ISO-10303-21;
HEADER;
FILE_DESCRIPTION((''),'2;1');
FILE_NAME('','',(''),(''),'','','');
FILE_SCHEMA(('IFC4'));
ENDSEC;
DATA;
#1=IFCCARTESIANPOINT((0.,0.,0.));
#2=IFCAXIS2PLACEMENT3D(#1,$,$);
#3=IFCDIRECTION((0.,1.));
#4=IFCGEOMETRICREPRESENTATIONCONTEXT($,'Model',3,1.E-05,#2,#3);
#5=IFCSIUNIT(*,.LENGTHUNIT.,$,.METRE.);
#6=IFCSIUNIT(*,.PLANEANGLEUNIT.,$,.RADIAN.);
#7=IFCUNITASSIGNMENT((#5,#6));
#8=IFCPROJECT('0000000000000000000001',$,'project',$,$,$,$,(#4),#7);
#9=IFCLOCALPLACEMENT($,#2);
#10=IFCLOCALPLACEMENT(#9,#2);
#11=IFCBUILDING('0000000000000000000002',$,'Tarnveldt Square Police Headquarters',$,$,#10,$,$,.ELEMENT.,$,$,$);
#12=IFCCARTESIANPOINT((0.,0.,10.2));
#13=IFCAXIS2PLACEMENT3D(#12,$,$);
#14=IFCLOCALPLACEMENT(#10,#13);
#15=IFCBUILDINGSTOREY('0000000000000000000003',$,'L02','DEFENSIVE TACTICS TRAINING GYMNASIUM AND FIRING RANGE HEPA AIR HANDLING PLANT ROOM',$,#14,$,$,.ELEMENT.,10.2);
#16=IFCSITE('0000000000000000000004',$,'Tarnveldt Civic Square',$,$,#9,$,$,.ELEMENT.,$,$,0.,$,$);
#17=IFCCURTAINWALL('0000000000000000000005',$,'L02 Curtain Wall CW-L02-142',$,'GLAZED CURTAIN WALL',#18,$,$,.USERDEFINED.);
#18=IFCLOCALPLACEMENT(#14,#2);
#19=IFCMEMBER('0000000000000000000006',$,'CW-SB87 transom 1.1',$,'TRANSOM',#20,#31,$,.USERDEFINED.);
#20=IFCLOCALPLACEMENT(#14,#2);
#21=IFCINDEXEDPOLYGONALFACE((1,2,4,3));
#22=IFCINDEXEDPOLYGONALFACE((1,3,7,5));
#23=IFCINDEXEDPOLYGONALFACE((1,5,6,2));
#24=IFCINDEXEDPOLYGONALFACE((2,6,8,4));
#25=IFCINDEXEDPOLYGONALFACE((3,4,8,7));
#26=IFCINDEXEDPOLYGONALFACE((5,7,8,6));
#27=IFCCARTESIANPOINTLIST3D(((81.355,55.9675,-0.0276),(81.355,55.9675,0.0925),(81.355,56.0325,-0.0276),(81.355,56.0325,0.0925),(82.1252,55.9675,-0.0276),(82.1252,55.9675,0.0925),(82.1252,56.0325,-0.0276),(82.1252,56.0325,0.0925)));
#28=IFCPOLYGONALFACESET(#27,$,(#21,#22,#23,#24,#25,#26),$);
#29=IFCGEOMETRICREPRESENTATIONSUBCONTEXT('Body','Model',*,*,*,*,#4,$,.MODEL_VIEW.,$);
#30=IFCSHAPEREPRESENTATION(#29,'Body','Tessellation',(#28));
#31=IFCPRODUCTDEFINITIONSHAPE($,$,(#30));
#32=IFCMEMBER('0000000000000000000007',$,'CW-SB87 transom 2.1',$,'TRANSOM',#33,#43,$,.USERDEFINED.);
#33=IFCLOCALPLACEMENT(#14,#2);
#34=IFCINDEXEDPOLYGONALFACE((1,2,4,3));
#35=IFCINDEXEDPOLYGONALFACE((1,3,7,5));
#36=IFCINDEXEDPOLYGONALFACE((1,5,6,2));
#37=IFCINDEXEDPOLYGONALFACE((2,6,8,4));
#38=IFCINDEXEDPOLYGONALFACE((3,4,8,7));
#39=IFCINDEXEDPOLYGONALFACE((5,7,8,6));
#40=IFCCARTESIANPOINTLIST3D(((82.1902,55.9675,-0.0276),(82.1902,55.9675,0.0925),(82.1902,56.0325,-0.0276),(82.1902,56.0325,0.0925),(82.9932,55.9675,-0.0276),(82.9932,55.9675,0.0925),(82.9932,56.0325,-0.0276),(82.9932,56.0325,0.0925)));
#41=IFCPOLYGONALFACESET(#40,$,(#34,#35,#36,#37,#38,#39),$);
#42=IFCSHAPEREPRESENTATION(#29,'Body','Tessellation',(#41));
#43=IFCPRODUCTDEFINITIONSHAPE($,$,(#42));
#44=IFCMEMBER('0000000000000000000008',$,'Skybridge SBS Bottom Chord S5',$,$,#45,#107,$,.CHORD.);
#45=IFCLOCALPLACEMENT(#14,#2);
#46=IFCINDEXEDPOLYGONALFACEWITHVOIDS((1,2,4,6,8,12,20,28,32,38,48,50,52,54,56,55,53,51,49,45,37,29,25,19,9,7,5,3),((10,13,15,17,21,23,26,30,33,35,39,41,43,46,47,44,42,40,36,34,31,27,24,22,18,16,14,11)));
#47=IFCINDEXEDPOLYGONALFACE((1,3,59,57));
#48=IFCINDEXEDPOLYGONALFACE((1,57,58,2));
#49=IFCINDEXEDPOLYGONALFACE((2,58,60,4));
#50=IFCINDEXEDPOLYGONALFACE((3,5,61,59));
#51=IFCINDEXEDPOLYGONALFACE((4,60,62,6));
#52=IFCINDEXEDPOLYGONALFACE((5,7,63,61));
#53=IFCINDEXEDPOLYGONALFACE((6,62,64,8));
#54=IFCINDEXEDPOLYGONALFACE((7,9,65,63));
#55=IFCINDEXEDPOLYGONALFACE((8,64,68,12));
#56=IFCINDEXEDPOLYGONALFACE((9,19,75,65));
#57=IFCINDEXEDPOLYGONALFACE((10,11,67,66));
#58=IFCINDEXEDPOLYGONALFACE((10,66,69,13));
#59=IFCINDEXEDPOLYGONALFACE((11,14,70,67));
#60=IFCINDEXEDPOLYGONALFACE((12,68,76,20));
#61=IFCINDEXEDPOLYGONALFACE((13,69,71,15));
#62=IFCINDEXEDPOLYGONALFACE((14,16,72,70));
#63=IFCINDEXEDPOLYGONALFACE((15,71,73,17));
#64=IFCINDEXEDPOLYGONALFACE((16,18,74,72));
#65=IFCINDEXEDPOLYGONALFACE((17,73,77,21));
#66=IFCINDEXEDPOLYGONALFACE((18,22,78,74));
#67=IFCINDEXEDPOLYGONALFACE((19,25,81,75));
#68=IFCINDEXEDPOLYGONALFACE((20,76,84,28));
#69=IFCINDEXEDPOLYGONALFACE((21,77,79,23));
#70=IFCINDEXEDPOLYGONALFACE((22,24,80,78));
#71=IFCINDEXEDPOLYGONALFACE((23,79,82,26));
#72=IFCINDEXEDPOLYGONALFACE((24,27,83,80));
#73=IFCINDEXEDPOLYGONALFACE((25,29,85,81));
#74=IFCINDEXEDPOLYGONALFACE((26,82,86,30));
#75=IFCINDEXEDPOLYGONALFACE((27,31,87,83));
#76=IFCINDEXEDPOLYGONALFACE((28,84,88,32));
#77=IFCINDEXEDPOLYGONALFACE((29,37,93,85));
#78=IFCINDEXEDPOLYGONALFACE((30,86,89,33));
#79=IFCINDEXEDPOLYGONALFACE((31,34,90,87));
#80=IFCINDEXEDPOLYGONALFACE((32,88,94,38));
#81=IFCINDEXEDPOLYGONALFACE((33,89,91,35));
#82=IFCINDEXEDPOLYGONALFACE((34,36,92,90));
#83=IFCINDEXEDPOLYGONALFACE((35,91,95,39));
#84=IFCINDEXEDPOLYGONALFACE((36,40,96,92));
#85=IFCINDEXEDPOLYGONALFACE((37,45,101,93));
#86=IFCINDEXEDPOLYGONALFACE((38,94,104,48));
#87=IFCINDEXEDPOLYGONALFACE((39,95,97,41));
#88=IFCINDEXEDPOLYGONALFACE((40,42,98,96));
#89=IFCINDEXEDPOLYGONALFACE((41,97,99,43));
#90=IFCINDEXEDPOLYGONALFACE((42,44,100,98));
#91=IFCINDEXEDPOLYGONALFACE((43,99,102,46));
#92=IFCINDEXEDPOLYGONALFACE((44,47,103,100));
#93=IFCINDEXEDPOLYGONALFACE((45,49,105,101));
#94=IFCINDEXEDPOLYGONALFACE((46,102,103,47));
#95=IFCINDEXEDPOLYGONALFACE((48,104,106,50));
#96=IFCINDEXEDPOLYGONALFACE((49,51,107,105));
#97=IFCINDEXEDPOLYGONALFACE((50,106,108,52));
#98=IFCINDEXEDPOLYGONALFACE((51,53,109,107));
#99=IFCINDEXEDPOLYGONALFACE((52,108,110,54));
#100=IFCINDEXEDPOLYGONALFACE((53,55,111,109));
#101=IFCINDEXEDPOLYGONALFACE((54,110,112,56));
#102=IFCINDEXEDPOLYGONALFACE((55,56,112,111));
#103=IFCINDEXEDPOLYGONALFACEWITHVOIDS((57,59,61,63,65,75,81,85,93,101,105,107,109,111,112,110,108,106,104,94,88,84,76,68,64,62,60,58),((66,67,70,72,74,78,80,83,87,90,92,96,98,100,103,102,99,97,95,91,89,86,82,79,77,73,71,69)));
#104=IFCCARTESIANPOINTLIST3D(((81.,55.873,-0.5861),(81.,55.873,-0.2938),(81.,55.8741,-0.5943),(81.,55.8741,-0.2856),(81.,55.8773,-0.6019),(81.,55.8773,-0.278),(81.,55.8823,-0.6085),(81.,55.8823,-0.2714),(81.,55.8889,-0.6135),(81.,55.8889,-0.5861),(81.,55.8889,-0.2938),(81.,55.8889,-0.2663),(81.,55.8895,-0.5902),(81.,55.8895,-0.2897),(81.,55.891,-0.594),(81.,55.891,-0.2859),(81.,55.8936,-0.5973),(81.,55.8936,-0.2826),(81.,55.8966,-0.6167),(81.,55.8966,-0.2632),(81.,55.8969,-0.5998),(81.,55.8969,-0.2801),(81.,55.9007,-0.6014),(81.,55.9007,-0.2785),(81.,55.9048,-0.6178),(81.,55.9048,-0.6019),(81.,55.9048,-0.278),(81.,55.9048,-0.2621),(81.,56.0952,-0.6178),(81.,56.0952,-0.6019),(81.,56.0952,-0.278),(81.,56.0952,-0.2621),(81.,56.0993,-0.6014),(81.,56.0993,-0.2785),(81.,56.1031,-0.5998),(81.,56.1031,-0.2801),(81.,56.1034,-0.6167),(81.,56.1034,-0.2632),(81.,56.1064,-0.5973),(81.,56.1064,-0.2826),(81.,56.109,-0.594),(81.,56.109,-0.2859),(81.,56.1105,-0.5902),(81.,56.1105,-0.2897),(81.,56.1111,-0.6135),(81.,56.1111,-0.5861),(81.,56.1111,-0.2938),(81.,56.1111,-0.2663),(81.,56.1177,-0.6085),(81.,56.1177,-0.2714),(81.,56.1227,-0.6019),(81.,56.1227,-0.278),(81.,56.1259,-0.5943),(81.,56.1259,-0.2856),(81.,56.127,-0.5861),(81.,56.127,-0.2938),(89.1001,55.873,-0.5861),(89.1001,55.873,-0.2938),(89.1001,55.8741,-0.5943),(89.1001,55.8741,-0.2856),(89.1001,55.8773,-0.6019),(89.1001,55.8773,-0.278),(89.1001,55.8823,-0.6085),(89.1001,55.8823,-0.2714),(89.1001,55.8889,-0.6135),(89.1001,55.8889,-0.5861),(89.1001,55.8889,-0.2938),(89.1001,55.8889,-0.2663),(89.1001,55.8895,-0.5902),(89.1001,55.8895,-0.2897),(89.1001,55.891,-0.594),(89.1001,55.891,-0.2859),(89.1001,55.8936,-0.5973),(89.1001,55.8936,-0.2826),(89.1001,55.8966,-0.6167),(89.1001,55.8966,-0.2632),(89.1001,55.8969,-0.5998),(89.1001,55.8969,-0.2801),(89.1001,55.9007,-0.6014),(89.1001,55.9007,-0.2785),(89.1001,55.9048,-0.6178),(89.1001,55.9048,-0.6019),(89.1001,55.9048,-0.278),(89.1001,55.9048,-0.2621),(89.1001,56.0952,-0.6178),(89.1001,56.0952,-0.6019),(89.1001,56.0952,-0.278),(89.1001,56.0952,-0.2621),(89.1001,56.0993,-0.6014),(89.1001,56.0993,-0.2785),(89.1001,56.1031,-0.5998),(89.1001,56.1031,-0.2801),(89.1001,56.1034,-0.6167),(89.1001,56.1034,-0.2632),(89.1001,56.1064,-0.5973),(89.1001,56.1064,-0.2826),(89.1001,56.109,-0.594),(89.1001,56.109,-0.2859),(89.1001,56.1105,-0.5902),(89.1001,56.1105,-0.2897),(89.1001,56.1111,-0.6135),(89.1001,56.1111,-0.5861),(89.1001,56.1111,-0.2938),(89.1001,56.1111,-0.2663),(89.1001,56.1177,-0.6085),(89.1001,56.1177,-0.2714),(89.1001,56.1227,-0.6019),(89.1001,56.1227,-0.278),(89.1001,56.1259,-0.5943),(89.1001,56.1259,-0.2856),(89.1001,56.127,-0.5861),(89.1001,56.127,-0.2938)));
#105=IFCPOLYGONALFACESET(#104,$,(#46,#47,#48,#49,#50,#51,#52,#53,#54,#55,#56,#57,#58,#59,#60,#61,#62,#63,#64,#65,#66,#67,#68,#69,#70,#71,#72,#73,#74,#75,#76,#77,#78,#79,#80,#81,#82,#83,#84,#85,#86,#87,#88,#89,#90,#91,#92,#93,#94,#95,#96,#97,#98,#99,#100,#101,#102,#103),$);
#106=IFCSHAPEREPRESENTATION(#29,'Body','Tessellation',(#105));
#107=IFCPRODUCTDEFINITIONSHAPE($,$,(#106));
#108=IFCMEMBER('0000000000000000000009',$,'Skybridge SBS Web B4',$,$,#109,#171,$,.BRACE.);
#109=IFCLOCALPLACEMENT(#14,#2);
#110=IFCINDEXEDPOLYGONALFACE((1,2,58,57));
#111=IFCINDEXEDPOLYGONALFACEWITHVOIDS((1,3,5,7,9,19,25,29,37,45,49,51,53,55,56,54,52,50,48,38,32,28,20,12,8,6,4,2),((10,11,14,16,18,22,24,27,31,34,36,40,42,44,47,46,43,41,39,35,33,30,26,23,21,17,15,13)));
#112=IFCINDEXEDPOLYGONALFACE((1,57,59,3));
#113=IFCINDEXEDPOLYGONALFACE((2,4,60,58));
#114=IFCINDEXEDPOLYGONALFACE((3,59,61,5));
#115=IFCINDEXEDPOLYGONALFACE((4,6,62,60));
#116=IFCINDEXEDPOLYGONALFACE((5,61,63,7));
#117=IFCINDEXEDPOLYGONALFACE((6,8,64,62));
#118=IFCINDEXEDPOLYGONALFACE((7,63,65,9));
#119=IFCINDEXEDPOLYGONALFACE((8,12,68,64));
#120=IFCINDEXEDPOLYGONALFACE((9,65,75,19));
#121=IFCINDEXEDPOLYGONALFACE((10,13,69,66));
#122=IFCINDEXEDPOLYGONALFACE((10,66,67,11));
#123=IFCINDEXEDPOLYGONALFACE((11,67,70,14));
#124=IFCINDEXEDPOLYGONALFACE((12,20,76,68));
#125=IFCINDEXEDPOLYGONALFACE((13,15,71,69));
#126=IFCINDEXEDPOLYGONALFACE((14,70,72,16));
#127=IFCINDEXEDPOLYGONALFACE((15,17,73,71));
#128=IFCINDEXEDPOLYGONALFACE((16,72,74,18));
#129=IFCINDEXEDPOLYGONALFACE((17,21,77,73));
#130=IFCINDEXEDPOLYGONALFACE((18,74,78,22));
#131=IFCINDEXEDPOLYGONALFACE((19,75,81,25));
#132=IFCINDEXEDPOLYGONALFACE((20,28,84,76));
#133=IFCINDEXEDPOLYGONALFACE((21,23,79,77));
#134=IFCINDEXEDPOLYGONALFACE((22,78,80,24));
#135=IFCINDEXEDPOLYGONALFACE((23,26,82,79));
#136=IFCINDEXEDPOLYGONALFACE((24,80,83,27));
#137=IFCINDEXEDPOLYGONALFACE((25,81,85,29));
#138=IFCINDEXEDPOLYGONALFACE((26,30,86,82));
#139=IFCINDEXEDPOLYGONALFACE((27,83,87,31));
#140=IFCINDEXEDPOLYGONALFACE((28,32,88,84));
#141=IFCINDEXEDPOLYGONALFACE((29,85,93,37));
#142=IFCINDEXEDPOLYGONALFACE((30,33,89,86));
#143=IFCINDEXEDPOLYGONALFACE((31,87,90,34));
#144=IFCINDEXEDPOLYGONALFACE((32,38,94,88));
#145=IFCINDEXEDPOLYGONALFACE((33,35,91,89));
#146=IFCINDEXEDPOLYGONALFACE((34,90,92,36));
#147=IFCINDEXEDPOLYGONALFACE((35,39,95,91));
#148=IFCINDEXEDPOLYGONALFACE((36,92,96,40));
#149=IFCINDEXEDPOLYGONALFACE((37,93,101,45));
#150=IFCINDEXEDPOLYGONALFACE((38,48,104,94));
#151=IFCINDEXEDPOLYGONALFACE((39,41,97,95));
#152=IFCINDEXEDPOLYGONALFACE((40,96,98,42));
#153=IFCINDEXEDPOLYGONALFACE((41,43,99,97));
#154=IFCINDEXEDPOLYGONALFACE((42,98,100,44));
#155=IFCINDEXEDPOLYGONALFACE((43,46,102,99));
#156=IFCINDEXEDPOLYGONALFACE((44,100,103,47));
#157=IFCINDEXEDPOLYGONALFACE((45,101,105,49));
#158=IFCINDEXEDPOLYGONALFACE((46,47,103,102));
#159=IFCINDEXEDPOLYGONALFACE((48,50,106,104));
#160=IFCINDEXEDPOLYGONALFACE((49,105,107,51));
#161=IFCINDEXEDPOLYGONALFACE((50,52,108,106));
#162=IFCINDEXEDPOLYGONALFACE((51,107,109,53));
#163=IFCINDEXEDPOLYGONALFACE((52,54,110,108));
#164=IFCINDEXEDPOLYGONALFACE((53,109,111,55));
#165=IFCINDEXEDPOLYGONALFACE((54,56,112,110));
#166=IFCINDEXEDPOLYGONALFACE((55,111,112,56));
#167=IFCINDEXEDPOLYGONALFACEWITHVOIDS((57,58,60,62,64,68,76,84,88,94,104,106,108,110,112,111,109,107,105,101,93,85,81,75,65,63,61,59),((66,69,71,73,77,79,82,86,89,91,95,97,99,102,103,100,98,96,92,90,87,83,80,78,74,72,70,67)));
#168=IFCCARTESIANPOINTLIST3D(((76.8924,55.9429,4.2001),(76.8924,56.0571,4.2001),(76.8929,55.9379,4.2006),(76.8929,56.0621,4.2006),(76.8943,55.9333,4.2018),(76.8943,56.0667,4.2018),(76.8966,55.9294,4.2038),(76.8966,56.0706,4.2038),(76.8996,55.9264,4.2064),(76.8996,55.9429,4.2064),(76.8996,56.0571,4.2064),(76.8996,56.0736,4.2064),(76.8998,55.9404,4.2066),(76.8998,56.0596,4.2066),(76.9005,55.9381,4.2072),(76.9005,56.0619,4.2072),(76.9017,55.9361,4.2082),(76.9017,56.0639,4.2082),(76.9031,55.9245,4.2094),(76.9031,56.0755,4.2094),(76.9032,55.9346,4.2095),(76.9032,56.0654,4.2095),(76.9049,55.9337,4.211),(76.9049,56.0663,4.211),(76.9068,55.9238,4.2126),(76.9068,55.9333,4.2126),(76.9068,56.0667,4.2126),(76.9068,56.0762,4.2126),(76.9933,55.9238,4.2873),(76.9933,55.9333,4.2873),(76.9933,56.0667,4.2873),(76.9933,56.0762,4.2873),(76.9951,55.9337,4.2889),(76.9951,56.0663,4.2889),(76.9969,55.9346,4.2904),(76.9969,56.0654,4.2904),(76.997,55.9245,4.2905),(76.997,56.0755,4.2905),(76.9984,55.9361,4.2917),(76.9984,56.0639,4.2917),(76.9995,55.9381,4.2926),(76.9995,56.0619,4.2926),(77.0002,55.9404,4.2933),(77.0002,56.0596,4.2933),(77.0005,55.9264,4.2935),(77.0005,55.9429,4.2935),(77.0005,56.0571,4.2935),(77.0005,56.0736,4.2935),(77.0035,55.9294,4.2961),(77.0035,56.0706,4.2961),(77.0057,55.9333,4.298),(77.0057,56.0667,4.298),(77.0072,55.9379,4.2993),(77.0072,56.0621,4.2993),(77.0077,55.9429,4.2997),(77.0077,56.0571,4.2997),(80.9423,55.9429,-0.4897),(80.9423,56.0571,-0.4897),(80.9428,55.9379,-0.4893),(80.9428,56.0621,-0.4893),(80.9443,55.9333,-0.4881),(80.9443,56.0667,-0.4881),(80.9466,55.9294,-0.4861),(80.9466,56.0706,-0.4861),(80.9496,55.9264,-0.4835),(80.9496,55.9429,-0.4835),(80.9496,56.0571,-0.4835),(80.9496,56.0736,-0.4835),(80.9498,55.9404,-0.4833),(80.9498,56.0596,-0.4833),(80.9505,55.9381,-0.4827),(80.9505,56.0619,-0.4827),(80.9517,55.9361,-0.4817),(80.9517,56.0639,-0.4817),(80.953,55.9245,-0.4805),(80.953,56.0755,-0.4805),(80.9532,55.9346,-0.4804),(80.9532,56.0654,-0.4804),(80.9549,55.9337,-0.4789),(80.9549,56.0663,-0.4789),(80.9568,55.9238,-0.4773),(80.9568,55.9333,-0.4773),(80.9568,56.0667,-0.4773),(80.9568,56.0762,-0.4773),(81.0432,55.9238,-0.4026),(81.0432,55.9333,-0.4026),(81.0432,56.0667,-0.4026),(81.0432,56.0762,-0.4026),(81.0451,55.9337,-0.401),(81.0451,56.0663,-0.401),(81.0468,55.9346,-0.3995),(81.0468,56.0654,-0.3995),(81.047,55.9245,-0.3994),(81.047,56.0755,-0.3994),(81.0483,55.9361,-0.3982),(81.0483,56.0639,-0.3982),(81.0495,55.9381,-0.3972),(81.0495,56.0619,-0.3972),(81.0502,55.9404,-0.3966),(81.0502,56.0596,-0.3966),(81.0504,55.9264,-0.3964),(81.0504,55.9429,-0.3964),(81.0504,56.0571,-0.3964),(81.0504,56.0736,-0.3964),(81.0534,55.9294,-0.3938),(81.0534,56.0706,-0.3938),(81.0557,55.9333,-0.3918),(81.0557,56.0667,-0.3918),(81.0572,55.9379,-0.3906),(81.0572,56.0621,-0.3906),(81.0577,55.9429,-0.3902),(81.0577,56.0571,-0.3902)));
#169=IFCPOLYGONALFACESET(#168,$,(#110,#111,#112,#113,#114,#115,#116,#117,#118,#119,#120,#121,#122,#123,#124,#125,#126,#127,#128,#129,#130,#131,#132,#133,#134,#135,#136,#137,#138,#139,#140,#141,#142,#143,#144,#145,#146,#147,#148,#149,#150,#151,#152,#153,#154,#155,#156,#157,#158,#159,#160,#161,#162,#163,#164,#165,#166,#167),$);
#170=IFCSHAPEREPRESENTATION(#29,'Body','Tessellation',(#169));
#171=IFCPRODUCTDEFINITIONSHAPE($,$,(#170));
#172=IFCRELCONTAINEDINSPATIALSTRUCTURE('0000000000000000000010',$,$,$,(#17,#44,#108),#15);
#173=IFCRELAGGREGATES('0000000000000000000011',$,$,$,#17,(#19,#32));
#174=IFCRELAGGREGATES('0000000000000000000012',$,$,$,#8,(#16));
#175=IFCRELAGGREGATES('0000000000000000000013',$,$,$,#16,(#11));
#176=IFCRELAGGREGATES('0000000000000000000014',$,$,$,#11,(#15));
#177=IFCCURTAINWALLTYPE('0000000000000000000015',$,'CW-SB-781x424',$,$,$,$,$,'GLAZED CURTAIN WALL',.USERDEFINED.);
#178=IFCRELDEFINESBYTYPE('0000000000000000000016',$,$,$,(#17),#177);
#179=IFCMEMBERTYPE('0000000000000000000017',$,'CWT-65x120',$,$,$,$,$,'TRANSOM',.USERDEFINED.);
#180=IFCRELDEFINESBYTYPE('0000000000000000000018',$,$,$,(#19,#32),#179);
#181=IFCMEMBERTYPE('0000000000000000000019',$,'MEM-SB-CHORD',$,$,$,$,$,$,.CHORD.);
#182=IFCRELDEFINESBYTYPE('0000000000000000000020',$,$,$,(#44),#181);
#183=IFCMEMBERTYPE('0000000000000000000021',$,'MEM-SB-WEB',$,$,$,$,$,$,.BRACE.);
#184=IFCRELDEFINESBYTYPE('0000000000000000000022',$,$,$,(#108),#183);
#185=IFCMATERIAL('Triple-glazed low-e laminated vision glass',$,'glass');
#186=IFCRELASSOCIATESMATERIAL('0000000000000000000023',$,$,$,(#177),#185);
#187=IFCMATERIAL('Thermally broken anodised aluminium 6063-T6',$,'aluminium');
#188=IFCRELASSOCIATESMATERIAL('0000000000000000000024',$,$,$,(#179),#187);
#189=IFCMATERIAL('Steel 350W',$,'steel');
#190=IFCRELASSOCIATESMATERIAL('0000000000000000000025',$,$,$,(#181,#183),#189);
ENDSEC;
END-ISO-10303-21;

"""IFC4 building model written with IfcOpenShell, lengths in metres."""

from ifc_helpers import new_model, si_unit, direction, frame, origin, origin_2d, place, context, subcontext, project, spatial, rectangle, hollow_rectangle, extrude, material, material_profile, profile_set, type_object, element, aggregate, save


model = new_model("IFC4")

# Units and contexts
model_context = context("Model", 3, precision=1e-05, world=origin(), true_north=direction((0.0, 1.0)))
body_context = subcontext(model_context, "Body", "Model", "MODEL_VIEW")
ifc_project = project(units=[si_unit("LENGTHUNIT", "METRE"), si_unit("PLANEANGLEUNIT", "RADIAN")], contexts=[model_context])

# Site, building, storey
site_placement = place(None, origin())
site = spatial("IfcSite", under=ifc_project, at=site_placement, Name="Tarnveldt Civic Square", CompositionType="ELEMENT", RefElevation=0.0)
building_placement = place(site_placement, origin())
building = spatial("IfcBuilding", under=site, at=building_placement, Name="Tarnveldt Square Police Headquarters", CompositionType="ELEMENT")
storey_placement = place(building_placement, frame((0.0, 0.0, 10.2)))
storey = spatial("IfcBuildingStorey", under=building, at=storey_placement, Name="L02", Description="DEFENSIVE TACTICS TRAINING GYMNASIUM AND FIRING RANGE HEPA AIR HANDLING PLANT ROOM", CompositionType="ELEMENT", Elevation=10.2)

# Shared definitions
ifc_material_1 = material(Name="Steel 350W", Category="steel")

# Curtain wall
ifc_material_2 = material(Name="Triple-glazed low-e laminated vision glass", Category="glass")
ifc_material_3 = material(Name="Thermally broken anodised aluminium 6063-T6", Category="aluminium")
curtain_wall_type_1 = type_object("IfcCurtainWallType", Name="CW-SB-781x424", ElementType="GLAZED CURTAIN WALL", PredefinedType="USERDEFINED", material=ifc_material_2)
curtain_wall_1_placement = place(storey_placement, origin())
curtain_wall_1 = element("IfcCurtainWall", 1, at=curtain_wall_1_placement, inside=storey, type_object=curtain_wall_type_1, Name="L02 Curtain Wall CW-L02-142", ObjectType="GLAZED CURTAIN WALL", PredefinedType="USERDEFINED")

# Members
ifc_material_profile_1 = material_profile(ifc_material_3, rectangle(XDim=0.0649, YDim=0.1201, at=origin_2d()), Name="CW-T65x120")
ifc_profile_set_1 = profile_set([ifc_material_profile_1], Name="Thermally broken anodised aluminium 6063-T6")
member_type_1 = type_object("IfcMemberType", Name="CWT-65x120", ElementType="TRANSOM", PredefinedType="USERDEFINED", material=ifc_profile_set_1)
member_1_placement = place(storey_placement, frame((81.355, 56.0, 0.0325), z_axis=(1.0, 0.0, 0.0), x_axis=(0.0, 1.0, 0.0)))
member_1 = element("IfcMember", 2, at=member_1_placement, type_object=member_type_1, Name="CW-SB87 transom 1.1", ObjectType="TRANSOM", PredefinedType="USERDEFINED", context=body_context, shape_type="SweptSolid", body=[
    extrude(rectangle(XDim=0.0649, YDim=0.1201, at=origin_2d()), origin(), (0.0, 0.0, 1.0), 0.7703),
])
member_2_placement = place(storey_placement, frame((82.1902, 56.0, 0.0325), z_axis=(1.0, 0.0, 0.0), x_axis=(0.0, 1.0, 0.0)))
member_2 = element("IfcMember", 3, at=member_2_placement, type_object=member_type_1, Name="CW-SB87 transom 2.1", ObjectType="TRANSOM", PredefinedType="USERDEFINED", context=body_context, shape_type="SweptSolid", body=[
    extrude(rectangle(XDim=0.0649, YDim=0.1201, at=origin_2d()), origin(), (0.0, 0.0, 1.0), 0.803),
])

# Members
ifc_material_profile_2 = material_profile(ifc_material_1, hollow_rectangle(XDim=0.2539, YDim=0.3557, WallThickness=0.0159, InnerFilletRadius=0.0159, OuterFilletRadius=0.0317, at=origin_2d()), Name="HSS356x254x16")
ifc_profile_set_2 = profile_set([ifc_material_profile_2], Name="Steel 350W")
member_type_2 = type_object("IfcMemberType", Name="MEM-SB-CHORD", PredefinedType="CHORD", material=ifc_profile_set_2)
member_3_placement = place(storey_placement, frame((81.0, 56.0, -0.4399), z_axis=(1.0, 0.0, 0.0), x_axis=(0.0, 1.0, 0.0)))
element("IfcMember", 4, at=member_3_placement, inside=storey, type_object=member_type_2, Name="Skybridge SBS Bottom Chord S5", PredefinedType="CHORD", context=body_context, shape_type="SweptSolid", body=[
    extrude(hollow_rectangle(XDim=0.2539, YDim=0.3557, WallThickness=0.0159, InnerFilletRadius=0.0159, OuterFilletRadius=0.0317, at=origin_2d()), origin(), (0.0, 0.0, 1.0), 8.1001),
])
ifc_material_profile_3 = material_profile(ifc_material_1, hollow_rectangle(XDim=0.1523, YDim=0.1523, WallThickness=0.0095, InnerFilletRadius=0.0095, OuterFilletRadius=0.019, at=origin_2d()), Name="HSS152x152x9.5")
ifc_profile_set_3 = profile_set([ifc_material_profile_3], Name="Steel 350W")
member_type_3 = type_object("IfcMemberType", Name="MEM-SB-WEB", PredefinedType="BRACE", material=ifc_profile_set_3)
for number, where, z_axis, x_axis, name in (
    (5, (81.0, 56.0, -0.4399), (-0.653587, 0.0, 0.756851), (0.0, -1.0, 0.0), "Skybridge SBS Web B4"),
):
    element("IfcMember", number, at=place(storey_placement, frame(where, z_axis=z_axis, x_axis=x_axis)), inside=storey, type_object=member_type_3, Name=name, PredefinedType="BRACE", context=body_context, shape_type="SweptSolid", body=[
        extrude(hollow_rectangle(XDim=0.1523, YDim=0.1523, WallThickness=0.0095, InnerFilletRadius=0.0095, OuterFilletRadius=0.019, at=origin_2d()), origin(), (0.0, 0.0, 1.0), 6.1965),
    ])

aggregate(curtain_wall_1, [member_1, member_2])

save(model, "model.ifc")
